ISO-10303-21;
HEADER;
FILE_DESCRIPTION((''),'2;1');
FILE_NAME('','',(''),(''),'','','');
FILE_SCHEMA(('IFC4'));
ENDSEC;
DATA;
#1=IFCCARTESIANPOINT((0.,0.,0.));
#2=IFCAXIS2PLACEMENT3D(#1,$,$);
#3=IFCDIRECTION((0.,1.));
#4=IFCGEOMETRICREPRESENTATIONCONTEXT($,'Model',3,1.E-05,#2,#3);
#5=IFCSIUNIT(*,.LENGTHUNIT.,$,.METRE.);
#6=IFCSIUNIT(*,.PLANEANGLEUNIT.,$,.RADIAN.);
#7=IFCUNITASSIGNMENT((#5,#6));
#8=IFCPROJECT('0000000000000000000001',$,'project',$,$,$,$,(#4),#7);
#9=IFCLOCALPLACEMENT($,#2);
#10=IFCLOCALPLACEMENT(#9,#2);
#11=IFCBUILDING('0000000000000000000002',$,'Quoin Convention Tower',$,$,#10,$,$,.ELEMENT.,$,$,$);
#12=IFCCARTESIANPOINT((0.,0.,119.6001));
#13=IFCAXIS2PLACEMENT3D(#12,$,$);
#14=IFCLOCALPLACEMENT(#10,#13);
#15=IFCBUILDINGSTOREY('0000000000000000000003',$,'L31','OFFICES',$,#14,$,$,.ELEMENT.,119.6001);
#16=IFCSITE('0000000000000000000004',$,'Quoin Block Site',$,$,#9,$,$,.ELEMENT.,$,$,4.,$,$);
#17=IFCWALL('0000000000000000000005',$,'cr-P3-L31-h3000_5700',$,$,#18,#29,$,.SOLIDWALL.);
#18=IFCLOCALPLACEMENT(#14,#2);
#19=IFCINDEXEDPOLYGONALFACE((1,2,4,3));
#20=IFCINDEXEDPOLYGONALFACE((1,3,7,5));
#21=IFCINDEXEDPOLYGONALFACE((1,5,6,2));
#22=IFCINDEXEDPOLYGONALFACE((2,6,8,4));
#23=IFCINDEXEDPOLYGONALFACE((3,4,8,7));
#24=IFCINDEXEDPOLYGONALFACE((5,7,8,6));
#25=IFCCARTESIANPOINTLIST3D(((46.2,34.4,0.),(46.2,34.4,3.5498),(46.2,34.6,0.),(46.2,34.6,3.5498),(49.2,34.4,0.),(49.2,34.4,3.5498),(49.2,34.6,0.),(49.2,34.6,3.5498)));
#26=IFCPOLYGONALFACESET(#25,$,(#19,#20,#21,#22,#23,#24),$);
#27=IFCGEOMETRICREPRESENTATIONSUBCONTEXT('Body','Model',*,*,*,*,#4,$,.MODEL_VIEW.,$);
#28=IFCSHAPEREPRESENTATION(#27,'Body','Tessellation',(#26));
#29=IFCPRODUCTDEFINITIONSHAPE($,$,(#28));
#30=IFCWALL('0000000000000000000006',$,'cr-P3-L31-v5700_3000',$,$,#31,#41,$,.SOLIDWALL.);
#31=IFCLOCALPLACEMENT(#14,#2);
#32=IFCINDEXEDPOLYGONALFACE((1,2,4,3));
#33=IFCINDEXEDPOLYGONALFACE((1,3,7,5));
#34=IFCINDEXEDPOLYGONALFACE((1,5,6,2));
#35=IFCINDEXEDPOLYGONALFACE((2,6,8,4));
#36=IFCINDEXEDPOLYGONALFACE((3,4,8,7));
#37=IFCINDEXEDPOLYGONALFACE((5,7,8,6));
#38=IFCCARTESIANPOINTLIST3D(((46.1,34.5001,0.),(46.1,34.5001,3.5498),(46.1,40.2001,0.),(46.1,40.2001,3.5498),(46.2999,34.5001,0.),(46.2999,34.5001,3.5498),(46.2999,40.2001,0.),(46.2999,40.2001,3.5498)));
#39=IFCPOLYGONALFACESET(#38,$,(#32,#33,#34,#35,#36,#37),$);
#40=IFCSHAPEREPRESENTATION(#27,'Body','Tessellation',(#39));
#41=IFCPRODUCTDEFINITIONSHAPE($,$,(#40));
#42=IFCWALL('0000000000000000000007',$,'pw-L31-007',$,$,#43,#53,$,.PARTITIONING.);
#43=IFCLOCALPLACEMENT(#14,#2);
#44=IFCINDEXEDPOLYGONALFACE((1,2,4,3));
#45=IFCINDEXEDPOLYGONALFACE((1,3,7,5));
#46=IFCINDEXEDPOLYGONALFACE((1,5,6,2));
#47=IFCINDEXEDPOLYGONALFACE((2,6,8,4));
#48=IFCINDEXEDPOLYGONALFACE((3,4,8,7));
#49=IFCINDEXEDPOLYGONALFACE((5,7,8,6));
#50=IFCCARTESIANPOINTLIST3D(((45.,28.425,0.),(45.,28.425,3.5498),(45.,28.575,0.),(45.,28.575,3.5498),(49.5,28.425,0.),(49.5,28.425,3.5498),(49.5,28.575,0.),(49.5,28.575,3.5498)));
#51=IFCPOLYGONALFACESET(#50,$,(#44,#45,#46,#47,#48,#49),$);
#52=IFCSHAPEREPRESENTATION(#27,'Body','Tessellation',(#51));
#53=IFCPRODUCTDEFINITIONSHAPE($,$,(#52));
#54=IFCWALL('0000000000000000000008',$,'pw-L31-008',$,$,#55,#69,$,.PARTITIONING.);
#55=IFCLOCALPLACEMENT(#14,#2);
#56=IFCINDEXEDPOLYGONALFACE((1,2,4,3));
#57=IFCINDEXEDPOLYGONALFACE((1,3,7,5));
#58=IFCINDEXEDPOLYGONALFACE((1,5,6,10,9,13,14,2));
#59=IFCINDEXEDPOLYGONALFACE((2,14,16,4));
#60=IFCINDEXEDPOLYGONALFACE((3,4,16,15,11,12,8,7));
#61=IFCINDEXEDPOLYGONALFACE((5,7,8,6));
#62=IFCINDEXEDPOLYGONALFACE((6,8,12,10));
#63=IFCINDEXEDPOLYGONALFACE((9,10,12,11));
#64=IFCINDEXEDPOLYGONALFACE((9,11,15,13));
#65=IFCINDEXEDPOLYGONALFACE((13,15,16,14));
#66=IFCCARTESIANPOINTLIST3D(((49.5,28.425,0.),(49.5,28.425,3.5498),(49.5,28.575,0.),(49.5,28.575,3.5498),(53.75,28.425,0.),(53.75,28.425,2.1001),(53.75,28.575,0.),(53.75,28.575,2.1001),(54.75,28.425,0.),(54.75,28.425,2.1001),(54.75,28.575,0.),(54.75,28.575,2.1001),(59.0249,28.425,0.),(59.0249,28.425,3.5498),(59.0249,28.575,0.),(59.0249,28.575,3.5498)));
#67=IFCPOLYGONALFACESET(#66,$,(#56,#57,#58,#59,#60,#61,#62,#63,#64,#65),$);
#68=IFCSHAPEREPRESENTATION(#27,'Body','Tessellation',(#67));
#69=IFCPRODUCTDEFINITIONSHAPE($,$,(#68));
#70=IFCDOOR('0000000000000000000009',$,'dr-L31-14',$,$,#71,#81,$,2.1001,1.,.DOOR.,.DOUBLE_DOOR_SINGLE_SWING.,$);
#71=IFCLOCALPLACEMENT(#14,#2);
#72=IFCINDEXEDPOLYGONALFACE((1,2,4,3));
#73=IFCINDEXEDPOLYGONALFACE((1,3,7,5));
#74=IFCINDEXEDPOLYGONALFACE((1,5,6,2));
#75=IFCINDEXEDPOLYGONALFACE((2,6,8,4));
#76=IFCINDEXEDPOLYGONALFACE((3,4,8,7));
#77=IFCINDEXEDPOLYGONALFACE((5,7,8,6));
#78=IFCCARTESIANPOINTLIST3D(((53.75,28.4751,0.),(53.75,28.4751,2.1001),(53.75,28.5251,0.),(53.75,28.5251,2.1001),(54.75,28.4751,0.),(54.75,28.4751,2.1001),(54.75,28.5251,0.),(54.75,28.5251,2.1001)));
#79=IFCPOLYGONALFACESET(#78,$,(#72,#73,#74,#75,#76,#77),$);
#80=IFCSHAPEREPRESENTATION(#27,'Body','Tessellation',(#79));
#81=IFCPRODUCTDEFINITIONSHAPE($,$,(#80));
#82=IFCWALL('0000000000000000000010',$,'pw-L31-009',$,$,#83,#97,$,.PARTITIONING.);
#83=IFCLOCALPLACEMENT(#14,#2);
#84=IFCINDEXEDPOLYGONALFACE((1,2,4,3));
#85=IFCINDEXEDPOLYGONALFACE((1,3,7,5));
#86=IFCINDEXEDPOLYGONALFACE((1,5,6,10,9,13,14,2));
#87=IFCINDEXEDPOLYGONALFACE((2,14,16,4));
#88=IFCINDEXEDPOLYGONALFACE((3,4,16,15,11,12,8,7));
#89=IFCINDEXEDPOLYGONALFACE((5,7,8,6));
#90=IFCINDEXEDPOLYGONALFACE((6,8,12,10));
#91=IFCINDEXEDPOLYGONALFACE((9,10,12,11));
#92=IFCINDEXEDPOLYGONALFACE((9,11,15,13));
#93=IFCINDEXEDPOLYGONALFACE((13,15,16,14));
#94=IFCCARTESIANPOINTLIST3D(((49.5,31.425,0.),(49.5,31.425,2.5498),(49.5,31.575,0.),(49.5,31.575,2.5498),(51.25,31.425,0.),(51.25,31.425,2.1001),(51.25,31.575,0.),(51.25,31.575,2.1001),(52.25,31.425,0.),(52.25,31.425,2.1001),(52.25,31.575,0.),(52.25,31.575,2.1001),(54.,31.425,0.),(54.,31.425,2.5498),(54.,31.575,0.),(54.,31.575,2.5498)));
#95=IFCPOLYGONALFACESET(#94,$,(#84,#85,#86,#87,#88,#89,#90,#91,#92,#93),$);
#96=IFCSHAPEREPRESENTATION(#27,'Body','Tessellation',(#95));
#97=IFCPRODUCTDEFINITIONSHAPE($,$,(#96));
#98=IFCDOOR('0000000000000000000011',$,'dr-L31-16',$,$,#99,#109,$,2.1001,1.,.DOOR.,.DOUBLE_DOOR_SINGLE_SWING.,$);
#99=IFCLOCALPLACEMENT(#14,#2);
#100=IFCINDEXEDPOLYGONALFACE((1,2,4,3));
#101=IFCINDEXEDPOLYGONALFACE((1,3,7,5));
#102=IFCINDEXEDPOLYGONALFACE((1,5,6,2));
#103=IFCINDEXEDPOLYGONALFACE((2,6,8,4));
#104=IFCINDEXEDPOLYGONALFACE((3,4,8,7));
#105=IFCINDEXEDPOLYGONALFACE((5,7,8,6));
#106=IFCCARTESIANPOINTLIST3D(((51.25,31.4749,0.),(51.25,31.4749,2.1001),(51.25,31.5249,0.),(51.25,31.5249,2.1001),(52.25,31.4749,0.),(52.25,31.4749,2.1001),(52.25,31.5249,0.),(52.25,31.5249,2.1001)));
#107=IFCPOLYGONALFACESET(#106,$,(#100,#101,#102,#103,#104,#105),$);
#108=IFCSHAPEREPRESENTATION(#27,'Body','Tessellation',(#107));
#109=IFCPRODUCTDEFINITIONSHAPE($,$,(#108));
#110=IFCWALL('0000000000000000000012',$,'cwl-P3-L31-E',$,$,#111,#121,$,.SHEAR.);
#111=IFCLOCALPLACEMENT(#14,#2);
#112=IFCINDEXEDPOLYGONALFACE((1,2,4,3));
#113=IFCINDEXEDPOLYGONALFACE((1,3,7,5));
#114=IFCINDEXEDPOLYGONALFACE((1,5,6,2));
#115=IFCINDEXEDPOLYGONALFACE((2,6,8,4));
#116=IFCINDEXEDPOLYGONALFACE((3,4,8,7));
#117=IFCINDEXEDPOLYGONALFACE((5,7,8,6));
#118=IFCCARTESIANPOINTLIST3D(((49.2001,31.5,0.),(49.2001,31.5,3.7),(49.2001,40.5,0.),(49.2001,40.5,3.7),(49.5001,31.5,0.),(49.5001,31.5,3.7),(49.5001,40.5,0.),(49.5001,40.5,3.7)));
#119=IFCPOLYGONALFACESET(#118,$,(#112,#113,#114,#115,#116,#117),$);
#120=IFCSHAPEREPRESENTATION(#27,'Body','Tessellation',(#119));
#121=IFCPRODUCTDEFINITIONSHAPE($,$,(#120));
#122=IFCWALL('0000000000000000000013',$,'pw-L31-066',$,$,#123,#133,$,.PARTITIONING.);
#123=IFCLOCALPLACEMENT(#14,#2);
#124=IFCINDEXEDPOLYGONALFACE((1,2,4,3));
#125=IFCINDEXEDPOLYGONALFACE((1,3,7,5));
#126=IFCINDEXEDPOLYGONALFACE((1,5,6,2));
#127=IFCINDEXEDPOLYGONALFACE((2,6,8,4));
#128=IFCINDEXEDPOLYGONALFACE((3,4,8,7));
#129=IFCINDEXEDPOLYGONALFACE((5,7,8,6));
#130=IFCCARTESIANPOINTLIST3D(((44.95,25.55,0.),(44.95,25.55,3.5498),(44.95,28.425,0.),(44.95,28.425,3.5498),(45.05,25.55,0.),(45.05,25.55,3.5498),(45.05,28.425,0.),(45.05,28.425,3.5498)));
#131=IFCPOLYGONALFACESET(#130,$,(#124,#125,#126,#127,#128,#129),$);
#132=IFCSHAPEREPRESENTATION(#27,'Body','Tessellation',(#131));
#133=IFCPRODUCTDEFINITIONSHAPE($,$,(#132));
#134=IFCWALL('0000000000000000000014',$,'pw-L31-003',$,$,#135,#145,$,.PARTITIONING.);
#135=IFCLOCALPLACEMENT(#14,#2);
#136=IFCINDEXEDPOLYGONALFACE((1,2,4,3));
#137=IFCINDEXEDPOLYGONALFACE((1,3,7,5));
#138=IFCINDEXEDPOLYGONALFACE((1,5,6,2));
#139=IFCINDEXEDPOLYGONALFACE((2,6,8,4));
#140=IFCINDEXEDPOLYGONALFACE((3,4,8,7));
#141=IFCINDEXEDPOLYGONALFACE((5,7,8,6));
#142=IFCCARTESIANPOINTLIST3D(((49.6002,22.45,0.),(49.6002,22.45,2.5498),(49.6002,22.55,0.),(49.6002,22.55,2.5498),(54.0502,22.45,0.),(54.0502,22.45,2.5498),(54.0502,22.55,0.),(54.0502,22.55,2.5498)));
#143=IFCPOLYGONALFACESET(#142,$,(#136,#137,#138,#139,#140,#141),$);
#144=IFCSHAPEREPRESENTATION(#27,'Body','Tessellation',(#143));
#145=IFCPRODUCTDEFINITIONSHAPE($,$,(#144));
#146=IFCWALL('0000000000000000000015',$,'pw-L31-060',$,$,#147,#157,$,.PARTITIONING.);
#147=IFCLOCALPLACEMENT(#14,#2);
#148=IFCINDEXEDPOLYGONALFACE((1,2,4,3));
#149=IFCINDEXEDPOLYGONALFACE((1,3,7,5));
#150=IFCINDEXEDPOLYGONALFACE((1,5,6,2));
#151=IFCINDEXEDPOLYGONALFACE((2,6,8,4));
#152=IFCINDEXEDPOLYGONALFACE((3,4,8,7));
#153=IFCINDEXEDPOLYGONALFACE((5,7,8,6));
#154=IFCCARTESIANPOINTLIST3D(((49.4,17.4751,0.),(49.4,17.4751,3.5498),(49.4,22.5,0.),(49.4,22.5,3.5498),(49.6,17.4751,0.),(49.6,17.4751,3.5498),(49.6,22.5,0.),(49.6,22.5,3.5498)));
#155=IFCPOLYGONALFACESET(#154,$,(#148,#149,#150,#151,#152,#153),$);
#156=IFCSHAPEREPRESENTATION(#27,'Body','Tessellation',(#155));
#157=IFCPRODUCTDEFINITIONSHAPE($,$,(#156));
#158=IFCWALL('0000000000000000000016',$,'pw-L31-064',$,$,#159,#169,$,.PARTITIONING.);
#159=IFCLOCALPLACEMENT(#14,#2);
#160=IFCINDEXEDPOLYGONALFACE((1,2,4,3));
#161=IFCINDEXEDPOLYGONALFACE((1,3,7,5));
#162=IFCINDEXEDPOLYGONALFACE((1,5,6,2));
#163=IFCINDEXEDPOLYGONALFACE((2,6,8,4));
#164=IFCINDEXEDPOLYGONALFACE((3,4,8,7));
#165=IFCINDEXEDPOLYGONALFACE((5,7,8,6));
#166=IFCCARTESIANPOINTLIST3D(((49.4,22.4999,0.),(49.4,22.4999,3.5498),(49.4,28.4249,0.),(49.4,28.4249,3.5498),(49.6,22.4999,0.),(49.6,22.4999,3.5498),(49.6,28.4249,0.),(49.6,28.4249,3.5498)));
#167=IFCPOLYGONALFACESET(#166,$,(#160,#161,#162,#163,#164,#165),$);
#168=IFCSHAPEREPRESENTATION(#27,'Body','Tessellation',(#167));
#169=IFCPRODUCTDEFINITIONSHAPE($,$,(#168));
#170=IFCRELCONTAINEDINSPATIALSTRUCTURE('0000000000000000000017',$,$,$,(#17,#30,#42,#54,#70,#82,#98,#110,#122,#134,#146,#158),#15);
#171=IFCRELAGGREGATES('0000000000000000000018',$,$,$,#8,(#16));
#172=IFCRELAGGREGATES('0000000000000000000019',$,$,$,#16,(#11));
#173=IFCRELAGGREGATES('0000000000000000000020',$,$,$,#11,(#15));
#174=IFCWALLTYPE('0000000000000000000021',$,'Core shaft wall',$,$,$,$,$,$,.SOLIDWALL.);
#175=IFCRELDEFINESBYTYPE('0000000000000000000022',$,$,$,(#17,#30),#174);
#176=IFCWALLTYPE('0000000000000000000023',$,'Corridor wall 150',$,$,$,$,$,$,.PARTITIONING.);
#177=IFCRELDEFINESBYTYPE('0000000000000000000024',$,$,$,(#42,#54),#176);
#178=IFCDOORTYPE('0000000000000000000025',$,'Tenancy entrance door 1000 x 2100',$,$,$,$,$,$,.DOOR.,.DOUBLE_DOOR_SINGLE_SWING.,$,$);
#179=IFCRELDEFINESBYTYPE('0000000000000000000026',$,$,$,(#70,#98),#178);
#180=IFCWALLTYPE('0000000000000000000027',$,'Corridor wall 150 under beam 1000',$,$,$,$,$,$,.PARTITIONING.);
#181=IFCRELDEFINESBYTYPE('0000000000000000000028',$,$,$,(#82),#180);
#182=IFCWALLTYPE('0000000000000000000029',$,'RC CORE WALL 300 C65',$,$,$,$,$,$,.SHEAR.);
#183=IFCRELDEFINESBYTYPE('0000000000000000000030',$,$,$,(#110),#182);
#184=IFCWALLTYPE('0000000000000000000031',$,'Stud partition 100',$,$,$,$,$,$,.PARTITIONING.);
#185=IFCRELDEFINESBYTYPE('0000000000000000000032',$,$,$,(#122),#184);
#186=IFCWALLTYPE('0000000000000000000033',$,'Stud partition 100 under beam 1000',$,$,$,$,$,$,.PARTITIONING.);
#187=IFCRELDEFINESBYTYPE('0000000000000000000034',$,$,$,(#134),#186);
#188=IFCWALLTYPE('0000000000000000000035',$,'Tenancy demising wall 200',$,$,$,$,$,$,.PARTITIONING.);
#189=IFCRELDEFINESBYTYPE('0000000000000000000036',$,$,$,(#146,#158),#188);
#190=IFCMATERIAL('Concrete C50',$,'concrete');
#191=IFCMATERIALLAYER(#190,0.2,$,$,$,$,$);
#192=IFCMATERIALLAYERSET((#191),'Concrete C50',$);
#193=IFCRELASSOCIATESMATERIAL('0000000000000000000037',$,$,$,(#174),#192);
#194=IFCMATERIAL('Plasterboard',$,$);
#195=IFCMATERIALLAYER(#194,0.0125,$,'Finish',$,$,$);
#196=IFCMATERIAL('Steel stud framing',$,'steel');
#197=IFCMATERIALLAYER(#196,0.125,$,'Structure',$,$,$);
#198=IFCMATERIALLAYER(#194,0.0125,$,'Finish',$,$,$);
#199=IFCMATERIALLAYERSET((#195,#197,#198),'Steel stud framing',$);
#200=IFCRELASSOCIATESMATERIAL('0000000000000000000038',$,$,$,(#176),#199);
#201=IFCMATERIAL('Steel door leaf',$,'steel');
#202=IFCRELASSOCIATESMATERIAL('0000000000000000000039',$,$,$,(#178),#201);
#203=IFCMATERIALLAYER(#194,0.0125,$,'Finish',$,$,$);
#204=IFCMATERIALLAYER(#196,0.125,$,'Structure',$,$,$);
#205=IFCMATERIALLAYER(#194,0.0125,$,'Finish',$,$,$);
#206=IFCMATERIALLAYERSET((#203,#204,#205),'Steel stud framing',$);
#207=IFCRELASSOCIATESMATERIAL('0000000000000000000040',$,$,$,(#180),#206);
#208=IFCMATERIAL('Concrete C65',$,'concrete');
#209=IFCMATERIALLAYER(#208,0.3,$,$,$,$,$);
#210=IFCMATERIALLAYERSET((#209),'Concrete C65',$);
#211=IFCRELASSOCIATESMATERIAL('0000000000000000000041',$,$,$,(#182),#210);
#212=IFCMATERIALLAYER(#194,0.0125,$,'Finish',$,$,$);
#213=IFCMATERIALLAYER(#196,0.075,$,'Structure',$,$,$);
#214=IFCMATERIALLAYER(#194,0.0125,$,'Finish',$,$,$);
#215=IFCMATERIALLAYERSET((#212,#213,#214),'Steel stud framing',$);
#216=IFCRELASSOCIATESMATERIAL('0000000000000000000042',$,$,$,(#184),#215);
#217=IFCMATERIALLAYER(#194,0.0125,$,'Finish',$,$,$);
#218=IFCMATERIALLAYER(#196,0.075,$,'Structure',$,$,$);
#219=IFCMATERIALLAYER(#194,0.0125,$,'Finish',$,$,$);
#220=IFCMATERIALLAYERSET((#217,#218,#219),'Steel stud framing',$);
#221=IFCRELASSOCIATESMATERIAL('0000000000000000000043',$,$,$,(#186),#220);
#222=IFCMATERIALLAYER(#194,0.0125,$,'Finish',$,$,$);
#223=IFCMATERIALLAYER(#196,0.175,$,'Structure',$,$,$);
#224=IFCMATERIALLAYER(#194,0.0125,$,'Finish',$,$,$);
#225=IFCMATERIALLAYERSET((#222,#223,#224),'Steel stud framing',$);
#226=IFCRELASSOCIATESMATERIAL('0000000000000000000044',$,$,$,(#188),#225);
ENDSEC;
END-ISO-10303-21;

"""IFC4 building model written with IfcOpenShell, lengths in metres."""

from ifc_helpers import new_model, si_unit, direction, frame, frame_2d, origin, place, context, subcontext, project, spatial, rectangle, extrude, material, layer, layer_set, type_object, element, fill, save


model = new_model("IFC4")

# Units and contexts
model_context = context("Model", 3, precision=1e-05, world=origin(), true_north=direction((0.0, 1.0)))
body_context = subcontext(model_context, "Body", "Model", "MODEL_VIEW")
ifc_project = project(units=[si_unit("LENGTHUNIT", "METRE"), si_unit("PLANEANGLEUNIT", "RADIAN")], contexts=[model_context])

# Site, building, storey
site_placement = place(None, origin())
site = spatial("IfcSite", under=ifc_project, at=site_placement, Name="Quoin Block Site", CompositionType="ELEMENT", RefElevation=4.0)
building_placement = place(site_placement, origin())
building = spatial("IfcBuilding", under=site, at=building_placement, Name="Quoin Convention Tower", CompositionType="ELEMENT")
storey_placement = place(building_placement, frame((0.0, 0.0, 119.6001)))
storey = spatial("IfcBuildingStorey", under=building, at=storey_placement, Name="L31", Description="OFFICES", CompositionType="ELEMENT", Elevation=119.6001)

# Shared definitions
ifc_material_1 = material(Name="Concrete C65", Category="concrete")

# Shared definitions
ifc_material_2 = material(Name="Plasterboard")
ifc_material_3 = material(Name="Steel stud framing", Category="steel")

# Shared definitions
ifc_material_4 = material(Name="Steel door leaf", Category="steel")

# Walls
ifc_material_5 = material(Name="Concrete C50", Category="concrete")
ifc_layer_1 = layer(ifc_material_5, 0.2)
ifc_layer_set_1 = layer_set([ifc_layer_1], Name="Concrete C50")
wall_type_1 = type_object("IfcWallType", Name="Core shaft wall", PredefinedType="SOLIDWALL", material=ifc_layer_set_1)
wall_1_placement = place(storey_placement, frame((46.2, 34.5, 0.0), z_axis=(0.0, 0.0, 1.0), x_axis=(1.0, 0.0, 0.0)))
element("IfcWall", 1, at=wall_1_placement, inside=storey, type_object=wall_type_1, Name="cr-P3-L31-h3000_5700", PredefinedType="SOLIDWALL", context=body_context, shape_type="SweptSolid", body=[
    extrude(rectangle(XDim=3.0, YDim=0.2, at=frame_2d((1.5, 0.0))), origin(), (0.0, 0.0, 1.0), 3.5498),
])
wall_2_placement = place(storey_placement, frame((46.2, 34.5, 0.0), z_axis=(0.0, 0.0, 1.0), x_axis=(0.0, 1.0, 0.0)))
element("IfcWall", 2, at=wall_2_placement, inside=storey, type_object=wall_type_1, Name="cr-P3-L31-v5700_3000", PredefinedType="SOLIDWALL", context=body_context, shape_type="SweptSolid", body=[
    extrude(rectangle(XDim=5.7, YDim=0.2, at=frame_2d((2.8501, 0.0))), origin(), (0.0, 0.0, 1.0), 3.5498),
])
ifc_layer_2 = layer(ifc_material_2, 0.0125, Name="Finish")
ifc_layer_3 = layer(ifc_material_3, 0.125, Name="Structure")
ifc_layer_4 = layer(ifc_material_2, 0.0125, Name="Finish")
ifc_layer_set_2 = layer_set([ifc_layer_2, ifc_layer_3, ifc_layer_4], Name="Steel stud framing")
wall_type_2 = type_object("IfcWallType", Name="Corridor wall 150", PredefinedType="PARTITIONING", material=ifc_layer_set_2)
wall_3_placement = place(storey_placement, frame((45.0, 28.5, 0.0), z_axis=(0.0, 0.0, 1.0), x_axis=(1.0, 0.0, 0.0)))
element("IfcWall", 3, at=wall_3_placement, inside=storey, type_object=wall_type_2, Name="pw-L31-007", PredefinedType="PARTITIONING", context=body_context, shape_type="SweptSolid", body=[
    extrude(rectangle(XDim=4.5, YDim=0.1499, at=frame_2d((2.25, 0.0))), origin(), (0.0, 0.0, 1.0), 3.5498),
])

# Walls, openings, doors
wall_4_placement = place(storey_placement, frame((49.5, 28.5, 0.0), z_axis=(0.0, 0.0, 1.0), x_axis=(1.0, 0.0, 0.0)))
wall_4 = element("IfcWall", 4, at=wall_4_placement, inside=storey, type_object=wall_type_2, Name="pw-L31-008", PredefinedType="PARTITIONING", context=body_context, shape_type="SweptSolid", body=[
    extrude(rectangle(XDim=9.5249, YDim=0.1499, at=frame_2d((4.7625, 0.0))), origin(), (0.0, 0.0, 1.0), 3.5498),
])
opening_1_placement = place(wall_4_placement, frame((4.25, 0.0, 0.0)))
opening_1 = element("IfcOpeningElement", 5, at=opening_1_placement, cuts=wall_4, PredefinedType="OPENING", context=body_context, shape_type="SweptSolid", body=[
    extrude(rectangle(XDim=1.0, YDim=2.1001, at=frame_2d((0.5, 1.05))), frame((0.0, 0.085, 0.0), z_axis=(0.0, -1.0, 0.0), x_axis=(1.0, 0.0, 0.0)), (0.0, 0.0, 1.0), 0.1699),
])
door_type_1 = type_object("IfcDoorType", Name="Tenancy entrance door 1000 x 2100", OperationType="DOUBLE_DOOR_SINGLE_SWING", PredefinedType="DOOR", material=ifc_material_4)
door_1_placement = place(opening_1_placement, frame((1.0, 0.0, 0.0), z_axis=(0.0, 0.0, 1.0), x_axis=(-1.0, 0.0, 0.0)))
door_1 = element("IfcDoor", 6, at=door_1_placement, inside=storey, type_object=door_type_1, Name="dr-L31-14", OperationType="DOUBLE_DOOR_SINGLE_SWING", OverallHeight=2.1001, OverallWidth=1.0, PredefinedType="DOOR", context=body_context, shape_type="SweptSolid", body=[
    extrude(rectangle(XDim=1.0, YDim=2.1001, at=frame_2d((0.5, 1.05))), frame((0.0, 0.0249, 0.0), z_axis=(0.0, -1.0, 0.0), x_axis=(1.0, 0.0, 0.0)), (0.0, 0.0, 1.0), 0.05),
])
fill(opening_1, door_1)
ifc_layer_5 = layer(ifc_material_2, 0.0125, Name="Finish")
ifc_layer_6 = layer(ifc_material_3, 0.125, Name="Structure")
ifc_layer_7 = layer(ifc_material_2, 0.0125, Name="Finish")
ifc_layer_set_3 = layer_set([ifc_layer_5, ifc_layer_6, ifc_layer_7], Name="Steel stud framing")
wall_type_3 = type_object("IfcWallType", Name="Corridor wall 150 under beam 1000", PredefinedType="PARTITIONING", material=ifc_layer_set_3)
wall_5_placement = place(storey_placement, frame((49.5, 31.5, 0.0), z_axis=(0.0, 0.0, 1.0), x_axis=(1.0, 0.0, 0.0)))
wall_5 = element("IfcWall", 7, at=wall_5_placement, inside=storey, type_object=wall_type_3, Name="pw-L31-009", PredefinedType="PARTITIONING", context=body_context, shape_type="SweptSolid", body=[
    extrude(rectangle(XDim=4.5, YDim=0.1499, at=frame_2d((2.25, 0.0))), origin(), (0.0, 0.0, 1.0), 2.5498),
])
opening_2_placement = place(wall_5_placement, frame((1.75, 0.0, 0.0)))
opening_2 = element("IfcOpeningElement", 8, at=opening_2_placement, cuts=wall_5, PredefinedType="OPENING", context=body_context, shape_type="SweptSolid", body=[
    extrude(rectangle(XDim=1.0, YDim=2.1001, at=frame_2d((0.5, 1.05))), frame((0.0, 0.085, 0.0), z_axis=(0.0, -1.0, 0.0), x_axis=(1.0, 0.0, 0.0)), (0.0, 0.0, 1.0), 0.1699),
])
door_2_placement = place(opening_2_placement, origin())
door_2 = element("IfcDoor", 9, at=door_2_placement, inside=storey, type_object=door_type_1, Name="dr-L31-16", OperationType="DOUBLE_DOOR_SINGLE_SWING", OverallHeight=2.1001, OverallWidth=1.0, PredefinedType="DOOR", context=body_context, shape_type="SweptSolid", body=[
    extrude(rectangle(XDim=1.0, YDim=2.1001, at=frame_2d((0.5, 1.05))), frame((0.0, 0.0249, 0.0), z_axis=(0.0, -1.0, 0.0), x_axis=(1.0, 0.0, 0.0)), (0.0, 0.0, 1.0), 0.05),
])
fill(opening_2, door_2)

# Walls
ifc_layer_8 = layer(ifc_material_1, 0.3)
ifc_layer_set_4 = layer_set([ifc_layer_8], Name="Concrete C65")
wall_type_4 = type_object("IfcWallType", Name="RC CORE WALL 300 C65", PredefinedType="SHEAR", material=ifc_layer_set_4)
wall_6_placement = place(storey_placement, frame((49.3501, 31.5, 0.0), z_axis=(0.0, 0.0, 1.0), x_axis=(0.0, 1.0, 0.0)))
element("IfcWall", 10, at=wall_6_placement, inside=storey, type_object=wall_type_4, Name="cwl-P3-L31-E", PredefinedType="SHEAR", context=body_context, shape_type="SweptSolid", body=[
    extrude(rectangle(XDim=9.0, YDim=0.3, at=frame_2d((4.5, 0.0))), origin(), (0.0, 0.0, 1.0), 3.7),
])
ifc_layer_9 = layer(ifc_material_2, 0.0125, Name="Finish")
ifc_layer_10 = layer(ifc_material_3, 0.075, Name="Structure")
ifc_layer_11 = layer(ifc_material_2, 0.0125, Name="Finish")
ifc_layer_set_5 = layer_set([ifc_layer_9, ifc_layer_10, ifc_layer_11], Name="Steel stud framing")
wall_type_5 = type_object("IfcWallType", Name="Stud partition 100", PredefinedType="PARTITIONING", material=ifc_layer_set_5)
wall_7_placement = place(storey_placement, frame((45.0, 25.55, 0.0), z_axis=(0.0, 0.0, 1.0), x_axis=(0.0, 1.0, 0.0)))
element("IfcWall", 11, at=wall_7_placement, inside=storey, type_object=wall_type_5, Name="pw-L31-066", PredefinedType="PARTITIONING", context=body_context, shape_type="SweptSolid", body=[
    extrude(rectangle(XDim=2.875, YDim=0.1001, at=frame_2d((1.4375, 0.0))), origin(), (0.0, 0.0, 1.0), 3.5498),
])
ifc_layer_12 = layer(ifc_material_2, 0.0125, Name="Finish")
ifc_layer_13 = layer(ifc_material_3, 0.075, Name="Structure")
ifc_layer_14 = layer(ifc_material_2, 0.0125, Name="Finish")
ifc_layer_set_6 = layer_set([ifc_layer_12, ifc_layer_13, ifc_layer_14], Name="Steel stud framing")
wall_type_6 = type_object("IfcWallType", Name="Stud partition 100 under beam 1000", PredefinedType="PARTITIONING", material=ifc_layer_set_6)
wall_8_placement = place(storey_placement, frame((49.6001, 22.5, 0.0), z_axis=(0.0, 0.0, 1.0), x_axis=(1.0, 0.0, 0.0)))
element("IfcWall", 12, at=wall_8_placement, inside=storey, type_object=wall_type_6, Name="pw-L31-003", PredefinedType="PARTITIONING", context=body_context, shape_type="SweptSolid", body=[
    extrude(rectangle(XDim=4.45, YDim=0.1001, at=frame_2d((2.2251, 0.0))), origin(), (0.0, 0.0, 1.0), 2.5498),
])
ifc_layer_15 = layer(ifc_material_2, 0.0125, Name="Finish")
ifc_layer_16 = layer(ifc_material_3, 0.175, Name="Structure")
ifc_layer_17 = layer(ifc_material_2, 0.0125, Name="Finish")
ifc_layer_set_7 = layer_set([ifc_layer_15, ifc_layer_16, ifc_layer_17], Name="Steel stud framing")
wall_type_7 = type_object("IfcWallType", Name="Tenancy demising wall 200", PredefinedType="PARTITIONING", material=ifc_layer_set_7)
wall_9_placement = place(storey_placement, frame((49.5, 17.4751, 0.0), z_axis=(0.0, 0.0, 1.0), x_axis=(0.0, 1.0, 0.0)))
element("IfcWall", 13, at=wall_9_placement, inside=storey, type_object=wall_type_7, Name="pw-L31-060", PredefinedType="PARTITIONING", context=body_context, shape_type="SweptSolid", body=[
    extrude(rectangle(XDim=5.0249, YDim=0.2, at=frame_2d((2.5125, 0.0))), origin(), (0.0, 0.0, 1.0), 3.5498),
])
wall_10_placement = place(storey_placement, frame((49.5, 22.5, 0.0), z_axis=(0.0, 0.0, 1.0), x_axis=(0.0, 1.0, 0.0)))
element("IfcWall", 14, at=wall_10_placement, inside=storey, type_object=wall_type_7, Name="pw-L31-064", PredefinedType="PARTITIONING", context=body_context, shape_type="SweptSolid", body=[
    extrude(rectangle(XDim=5.925, YDim=0.2, at=frame_2d((2.9624, 0.0))), origin(), (0.0, 0.0, 1.0), 3.5498),
])

save(model, "model.ifc")
